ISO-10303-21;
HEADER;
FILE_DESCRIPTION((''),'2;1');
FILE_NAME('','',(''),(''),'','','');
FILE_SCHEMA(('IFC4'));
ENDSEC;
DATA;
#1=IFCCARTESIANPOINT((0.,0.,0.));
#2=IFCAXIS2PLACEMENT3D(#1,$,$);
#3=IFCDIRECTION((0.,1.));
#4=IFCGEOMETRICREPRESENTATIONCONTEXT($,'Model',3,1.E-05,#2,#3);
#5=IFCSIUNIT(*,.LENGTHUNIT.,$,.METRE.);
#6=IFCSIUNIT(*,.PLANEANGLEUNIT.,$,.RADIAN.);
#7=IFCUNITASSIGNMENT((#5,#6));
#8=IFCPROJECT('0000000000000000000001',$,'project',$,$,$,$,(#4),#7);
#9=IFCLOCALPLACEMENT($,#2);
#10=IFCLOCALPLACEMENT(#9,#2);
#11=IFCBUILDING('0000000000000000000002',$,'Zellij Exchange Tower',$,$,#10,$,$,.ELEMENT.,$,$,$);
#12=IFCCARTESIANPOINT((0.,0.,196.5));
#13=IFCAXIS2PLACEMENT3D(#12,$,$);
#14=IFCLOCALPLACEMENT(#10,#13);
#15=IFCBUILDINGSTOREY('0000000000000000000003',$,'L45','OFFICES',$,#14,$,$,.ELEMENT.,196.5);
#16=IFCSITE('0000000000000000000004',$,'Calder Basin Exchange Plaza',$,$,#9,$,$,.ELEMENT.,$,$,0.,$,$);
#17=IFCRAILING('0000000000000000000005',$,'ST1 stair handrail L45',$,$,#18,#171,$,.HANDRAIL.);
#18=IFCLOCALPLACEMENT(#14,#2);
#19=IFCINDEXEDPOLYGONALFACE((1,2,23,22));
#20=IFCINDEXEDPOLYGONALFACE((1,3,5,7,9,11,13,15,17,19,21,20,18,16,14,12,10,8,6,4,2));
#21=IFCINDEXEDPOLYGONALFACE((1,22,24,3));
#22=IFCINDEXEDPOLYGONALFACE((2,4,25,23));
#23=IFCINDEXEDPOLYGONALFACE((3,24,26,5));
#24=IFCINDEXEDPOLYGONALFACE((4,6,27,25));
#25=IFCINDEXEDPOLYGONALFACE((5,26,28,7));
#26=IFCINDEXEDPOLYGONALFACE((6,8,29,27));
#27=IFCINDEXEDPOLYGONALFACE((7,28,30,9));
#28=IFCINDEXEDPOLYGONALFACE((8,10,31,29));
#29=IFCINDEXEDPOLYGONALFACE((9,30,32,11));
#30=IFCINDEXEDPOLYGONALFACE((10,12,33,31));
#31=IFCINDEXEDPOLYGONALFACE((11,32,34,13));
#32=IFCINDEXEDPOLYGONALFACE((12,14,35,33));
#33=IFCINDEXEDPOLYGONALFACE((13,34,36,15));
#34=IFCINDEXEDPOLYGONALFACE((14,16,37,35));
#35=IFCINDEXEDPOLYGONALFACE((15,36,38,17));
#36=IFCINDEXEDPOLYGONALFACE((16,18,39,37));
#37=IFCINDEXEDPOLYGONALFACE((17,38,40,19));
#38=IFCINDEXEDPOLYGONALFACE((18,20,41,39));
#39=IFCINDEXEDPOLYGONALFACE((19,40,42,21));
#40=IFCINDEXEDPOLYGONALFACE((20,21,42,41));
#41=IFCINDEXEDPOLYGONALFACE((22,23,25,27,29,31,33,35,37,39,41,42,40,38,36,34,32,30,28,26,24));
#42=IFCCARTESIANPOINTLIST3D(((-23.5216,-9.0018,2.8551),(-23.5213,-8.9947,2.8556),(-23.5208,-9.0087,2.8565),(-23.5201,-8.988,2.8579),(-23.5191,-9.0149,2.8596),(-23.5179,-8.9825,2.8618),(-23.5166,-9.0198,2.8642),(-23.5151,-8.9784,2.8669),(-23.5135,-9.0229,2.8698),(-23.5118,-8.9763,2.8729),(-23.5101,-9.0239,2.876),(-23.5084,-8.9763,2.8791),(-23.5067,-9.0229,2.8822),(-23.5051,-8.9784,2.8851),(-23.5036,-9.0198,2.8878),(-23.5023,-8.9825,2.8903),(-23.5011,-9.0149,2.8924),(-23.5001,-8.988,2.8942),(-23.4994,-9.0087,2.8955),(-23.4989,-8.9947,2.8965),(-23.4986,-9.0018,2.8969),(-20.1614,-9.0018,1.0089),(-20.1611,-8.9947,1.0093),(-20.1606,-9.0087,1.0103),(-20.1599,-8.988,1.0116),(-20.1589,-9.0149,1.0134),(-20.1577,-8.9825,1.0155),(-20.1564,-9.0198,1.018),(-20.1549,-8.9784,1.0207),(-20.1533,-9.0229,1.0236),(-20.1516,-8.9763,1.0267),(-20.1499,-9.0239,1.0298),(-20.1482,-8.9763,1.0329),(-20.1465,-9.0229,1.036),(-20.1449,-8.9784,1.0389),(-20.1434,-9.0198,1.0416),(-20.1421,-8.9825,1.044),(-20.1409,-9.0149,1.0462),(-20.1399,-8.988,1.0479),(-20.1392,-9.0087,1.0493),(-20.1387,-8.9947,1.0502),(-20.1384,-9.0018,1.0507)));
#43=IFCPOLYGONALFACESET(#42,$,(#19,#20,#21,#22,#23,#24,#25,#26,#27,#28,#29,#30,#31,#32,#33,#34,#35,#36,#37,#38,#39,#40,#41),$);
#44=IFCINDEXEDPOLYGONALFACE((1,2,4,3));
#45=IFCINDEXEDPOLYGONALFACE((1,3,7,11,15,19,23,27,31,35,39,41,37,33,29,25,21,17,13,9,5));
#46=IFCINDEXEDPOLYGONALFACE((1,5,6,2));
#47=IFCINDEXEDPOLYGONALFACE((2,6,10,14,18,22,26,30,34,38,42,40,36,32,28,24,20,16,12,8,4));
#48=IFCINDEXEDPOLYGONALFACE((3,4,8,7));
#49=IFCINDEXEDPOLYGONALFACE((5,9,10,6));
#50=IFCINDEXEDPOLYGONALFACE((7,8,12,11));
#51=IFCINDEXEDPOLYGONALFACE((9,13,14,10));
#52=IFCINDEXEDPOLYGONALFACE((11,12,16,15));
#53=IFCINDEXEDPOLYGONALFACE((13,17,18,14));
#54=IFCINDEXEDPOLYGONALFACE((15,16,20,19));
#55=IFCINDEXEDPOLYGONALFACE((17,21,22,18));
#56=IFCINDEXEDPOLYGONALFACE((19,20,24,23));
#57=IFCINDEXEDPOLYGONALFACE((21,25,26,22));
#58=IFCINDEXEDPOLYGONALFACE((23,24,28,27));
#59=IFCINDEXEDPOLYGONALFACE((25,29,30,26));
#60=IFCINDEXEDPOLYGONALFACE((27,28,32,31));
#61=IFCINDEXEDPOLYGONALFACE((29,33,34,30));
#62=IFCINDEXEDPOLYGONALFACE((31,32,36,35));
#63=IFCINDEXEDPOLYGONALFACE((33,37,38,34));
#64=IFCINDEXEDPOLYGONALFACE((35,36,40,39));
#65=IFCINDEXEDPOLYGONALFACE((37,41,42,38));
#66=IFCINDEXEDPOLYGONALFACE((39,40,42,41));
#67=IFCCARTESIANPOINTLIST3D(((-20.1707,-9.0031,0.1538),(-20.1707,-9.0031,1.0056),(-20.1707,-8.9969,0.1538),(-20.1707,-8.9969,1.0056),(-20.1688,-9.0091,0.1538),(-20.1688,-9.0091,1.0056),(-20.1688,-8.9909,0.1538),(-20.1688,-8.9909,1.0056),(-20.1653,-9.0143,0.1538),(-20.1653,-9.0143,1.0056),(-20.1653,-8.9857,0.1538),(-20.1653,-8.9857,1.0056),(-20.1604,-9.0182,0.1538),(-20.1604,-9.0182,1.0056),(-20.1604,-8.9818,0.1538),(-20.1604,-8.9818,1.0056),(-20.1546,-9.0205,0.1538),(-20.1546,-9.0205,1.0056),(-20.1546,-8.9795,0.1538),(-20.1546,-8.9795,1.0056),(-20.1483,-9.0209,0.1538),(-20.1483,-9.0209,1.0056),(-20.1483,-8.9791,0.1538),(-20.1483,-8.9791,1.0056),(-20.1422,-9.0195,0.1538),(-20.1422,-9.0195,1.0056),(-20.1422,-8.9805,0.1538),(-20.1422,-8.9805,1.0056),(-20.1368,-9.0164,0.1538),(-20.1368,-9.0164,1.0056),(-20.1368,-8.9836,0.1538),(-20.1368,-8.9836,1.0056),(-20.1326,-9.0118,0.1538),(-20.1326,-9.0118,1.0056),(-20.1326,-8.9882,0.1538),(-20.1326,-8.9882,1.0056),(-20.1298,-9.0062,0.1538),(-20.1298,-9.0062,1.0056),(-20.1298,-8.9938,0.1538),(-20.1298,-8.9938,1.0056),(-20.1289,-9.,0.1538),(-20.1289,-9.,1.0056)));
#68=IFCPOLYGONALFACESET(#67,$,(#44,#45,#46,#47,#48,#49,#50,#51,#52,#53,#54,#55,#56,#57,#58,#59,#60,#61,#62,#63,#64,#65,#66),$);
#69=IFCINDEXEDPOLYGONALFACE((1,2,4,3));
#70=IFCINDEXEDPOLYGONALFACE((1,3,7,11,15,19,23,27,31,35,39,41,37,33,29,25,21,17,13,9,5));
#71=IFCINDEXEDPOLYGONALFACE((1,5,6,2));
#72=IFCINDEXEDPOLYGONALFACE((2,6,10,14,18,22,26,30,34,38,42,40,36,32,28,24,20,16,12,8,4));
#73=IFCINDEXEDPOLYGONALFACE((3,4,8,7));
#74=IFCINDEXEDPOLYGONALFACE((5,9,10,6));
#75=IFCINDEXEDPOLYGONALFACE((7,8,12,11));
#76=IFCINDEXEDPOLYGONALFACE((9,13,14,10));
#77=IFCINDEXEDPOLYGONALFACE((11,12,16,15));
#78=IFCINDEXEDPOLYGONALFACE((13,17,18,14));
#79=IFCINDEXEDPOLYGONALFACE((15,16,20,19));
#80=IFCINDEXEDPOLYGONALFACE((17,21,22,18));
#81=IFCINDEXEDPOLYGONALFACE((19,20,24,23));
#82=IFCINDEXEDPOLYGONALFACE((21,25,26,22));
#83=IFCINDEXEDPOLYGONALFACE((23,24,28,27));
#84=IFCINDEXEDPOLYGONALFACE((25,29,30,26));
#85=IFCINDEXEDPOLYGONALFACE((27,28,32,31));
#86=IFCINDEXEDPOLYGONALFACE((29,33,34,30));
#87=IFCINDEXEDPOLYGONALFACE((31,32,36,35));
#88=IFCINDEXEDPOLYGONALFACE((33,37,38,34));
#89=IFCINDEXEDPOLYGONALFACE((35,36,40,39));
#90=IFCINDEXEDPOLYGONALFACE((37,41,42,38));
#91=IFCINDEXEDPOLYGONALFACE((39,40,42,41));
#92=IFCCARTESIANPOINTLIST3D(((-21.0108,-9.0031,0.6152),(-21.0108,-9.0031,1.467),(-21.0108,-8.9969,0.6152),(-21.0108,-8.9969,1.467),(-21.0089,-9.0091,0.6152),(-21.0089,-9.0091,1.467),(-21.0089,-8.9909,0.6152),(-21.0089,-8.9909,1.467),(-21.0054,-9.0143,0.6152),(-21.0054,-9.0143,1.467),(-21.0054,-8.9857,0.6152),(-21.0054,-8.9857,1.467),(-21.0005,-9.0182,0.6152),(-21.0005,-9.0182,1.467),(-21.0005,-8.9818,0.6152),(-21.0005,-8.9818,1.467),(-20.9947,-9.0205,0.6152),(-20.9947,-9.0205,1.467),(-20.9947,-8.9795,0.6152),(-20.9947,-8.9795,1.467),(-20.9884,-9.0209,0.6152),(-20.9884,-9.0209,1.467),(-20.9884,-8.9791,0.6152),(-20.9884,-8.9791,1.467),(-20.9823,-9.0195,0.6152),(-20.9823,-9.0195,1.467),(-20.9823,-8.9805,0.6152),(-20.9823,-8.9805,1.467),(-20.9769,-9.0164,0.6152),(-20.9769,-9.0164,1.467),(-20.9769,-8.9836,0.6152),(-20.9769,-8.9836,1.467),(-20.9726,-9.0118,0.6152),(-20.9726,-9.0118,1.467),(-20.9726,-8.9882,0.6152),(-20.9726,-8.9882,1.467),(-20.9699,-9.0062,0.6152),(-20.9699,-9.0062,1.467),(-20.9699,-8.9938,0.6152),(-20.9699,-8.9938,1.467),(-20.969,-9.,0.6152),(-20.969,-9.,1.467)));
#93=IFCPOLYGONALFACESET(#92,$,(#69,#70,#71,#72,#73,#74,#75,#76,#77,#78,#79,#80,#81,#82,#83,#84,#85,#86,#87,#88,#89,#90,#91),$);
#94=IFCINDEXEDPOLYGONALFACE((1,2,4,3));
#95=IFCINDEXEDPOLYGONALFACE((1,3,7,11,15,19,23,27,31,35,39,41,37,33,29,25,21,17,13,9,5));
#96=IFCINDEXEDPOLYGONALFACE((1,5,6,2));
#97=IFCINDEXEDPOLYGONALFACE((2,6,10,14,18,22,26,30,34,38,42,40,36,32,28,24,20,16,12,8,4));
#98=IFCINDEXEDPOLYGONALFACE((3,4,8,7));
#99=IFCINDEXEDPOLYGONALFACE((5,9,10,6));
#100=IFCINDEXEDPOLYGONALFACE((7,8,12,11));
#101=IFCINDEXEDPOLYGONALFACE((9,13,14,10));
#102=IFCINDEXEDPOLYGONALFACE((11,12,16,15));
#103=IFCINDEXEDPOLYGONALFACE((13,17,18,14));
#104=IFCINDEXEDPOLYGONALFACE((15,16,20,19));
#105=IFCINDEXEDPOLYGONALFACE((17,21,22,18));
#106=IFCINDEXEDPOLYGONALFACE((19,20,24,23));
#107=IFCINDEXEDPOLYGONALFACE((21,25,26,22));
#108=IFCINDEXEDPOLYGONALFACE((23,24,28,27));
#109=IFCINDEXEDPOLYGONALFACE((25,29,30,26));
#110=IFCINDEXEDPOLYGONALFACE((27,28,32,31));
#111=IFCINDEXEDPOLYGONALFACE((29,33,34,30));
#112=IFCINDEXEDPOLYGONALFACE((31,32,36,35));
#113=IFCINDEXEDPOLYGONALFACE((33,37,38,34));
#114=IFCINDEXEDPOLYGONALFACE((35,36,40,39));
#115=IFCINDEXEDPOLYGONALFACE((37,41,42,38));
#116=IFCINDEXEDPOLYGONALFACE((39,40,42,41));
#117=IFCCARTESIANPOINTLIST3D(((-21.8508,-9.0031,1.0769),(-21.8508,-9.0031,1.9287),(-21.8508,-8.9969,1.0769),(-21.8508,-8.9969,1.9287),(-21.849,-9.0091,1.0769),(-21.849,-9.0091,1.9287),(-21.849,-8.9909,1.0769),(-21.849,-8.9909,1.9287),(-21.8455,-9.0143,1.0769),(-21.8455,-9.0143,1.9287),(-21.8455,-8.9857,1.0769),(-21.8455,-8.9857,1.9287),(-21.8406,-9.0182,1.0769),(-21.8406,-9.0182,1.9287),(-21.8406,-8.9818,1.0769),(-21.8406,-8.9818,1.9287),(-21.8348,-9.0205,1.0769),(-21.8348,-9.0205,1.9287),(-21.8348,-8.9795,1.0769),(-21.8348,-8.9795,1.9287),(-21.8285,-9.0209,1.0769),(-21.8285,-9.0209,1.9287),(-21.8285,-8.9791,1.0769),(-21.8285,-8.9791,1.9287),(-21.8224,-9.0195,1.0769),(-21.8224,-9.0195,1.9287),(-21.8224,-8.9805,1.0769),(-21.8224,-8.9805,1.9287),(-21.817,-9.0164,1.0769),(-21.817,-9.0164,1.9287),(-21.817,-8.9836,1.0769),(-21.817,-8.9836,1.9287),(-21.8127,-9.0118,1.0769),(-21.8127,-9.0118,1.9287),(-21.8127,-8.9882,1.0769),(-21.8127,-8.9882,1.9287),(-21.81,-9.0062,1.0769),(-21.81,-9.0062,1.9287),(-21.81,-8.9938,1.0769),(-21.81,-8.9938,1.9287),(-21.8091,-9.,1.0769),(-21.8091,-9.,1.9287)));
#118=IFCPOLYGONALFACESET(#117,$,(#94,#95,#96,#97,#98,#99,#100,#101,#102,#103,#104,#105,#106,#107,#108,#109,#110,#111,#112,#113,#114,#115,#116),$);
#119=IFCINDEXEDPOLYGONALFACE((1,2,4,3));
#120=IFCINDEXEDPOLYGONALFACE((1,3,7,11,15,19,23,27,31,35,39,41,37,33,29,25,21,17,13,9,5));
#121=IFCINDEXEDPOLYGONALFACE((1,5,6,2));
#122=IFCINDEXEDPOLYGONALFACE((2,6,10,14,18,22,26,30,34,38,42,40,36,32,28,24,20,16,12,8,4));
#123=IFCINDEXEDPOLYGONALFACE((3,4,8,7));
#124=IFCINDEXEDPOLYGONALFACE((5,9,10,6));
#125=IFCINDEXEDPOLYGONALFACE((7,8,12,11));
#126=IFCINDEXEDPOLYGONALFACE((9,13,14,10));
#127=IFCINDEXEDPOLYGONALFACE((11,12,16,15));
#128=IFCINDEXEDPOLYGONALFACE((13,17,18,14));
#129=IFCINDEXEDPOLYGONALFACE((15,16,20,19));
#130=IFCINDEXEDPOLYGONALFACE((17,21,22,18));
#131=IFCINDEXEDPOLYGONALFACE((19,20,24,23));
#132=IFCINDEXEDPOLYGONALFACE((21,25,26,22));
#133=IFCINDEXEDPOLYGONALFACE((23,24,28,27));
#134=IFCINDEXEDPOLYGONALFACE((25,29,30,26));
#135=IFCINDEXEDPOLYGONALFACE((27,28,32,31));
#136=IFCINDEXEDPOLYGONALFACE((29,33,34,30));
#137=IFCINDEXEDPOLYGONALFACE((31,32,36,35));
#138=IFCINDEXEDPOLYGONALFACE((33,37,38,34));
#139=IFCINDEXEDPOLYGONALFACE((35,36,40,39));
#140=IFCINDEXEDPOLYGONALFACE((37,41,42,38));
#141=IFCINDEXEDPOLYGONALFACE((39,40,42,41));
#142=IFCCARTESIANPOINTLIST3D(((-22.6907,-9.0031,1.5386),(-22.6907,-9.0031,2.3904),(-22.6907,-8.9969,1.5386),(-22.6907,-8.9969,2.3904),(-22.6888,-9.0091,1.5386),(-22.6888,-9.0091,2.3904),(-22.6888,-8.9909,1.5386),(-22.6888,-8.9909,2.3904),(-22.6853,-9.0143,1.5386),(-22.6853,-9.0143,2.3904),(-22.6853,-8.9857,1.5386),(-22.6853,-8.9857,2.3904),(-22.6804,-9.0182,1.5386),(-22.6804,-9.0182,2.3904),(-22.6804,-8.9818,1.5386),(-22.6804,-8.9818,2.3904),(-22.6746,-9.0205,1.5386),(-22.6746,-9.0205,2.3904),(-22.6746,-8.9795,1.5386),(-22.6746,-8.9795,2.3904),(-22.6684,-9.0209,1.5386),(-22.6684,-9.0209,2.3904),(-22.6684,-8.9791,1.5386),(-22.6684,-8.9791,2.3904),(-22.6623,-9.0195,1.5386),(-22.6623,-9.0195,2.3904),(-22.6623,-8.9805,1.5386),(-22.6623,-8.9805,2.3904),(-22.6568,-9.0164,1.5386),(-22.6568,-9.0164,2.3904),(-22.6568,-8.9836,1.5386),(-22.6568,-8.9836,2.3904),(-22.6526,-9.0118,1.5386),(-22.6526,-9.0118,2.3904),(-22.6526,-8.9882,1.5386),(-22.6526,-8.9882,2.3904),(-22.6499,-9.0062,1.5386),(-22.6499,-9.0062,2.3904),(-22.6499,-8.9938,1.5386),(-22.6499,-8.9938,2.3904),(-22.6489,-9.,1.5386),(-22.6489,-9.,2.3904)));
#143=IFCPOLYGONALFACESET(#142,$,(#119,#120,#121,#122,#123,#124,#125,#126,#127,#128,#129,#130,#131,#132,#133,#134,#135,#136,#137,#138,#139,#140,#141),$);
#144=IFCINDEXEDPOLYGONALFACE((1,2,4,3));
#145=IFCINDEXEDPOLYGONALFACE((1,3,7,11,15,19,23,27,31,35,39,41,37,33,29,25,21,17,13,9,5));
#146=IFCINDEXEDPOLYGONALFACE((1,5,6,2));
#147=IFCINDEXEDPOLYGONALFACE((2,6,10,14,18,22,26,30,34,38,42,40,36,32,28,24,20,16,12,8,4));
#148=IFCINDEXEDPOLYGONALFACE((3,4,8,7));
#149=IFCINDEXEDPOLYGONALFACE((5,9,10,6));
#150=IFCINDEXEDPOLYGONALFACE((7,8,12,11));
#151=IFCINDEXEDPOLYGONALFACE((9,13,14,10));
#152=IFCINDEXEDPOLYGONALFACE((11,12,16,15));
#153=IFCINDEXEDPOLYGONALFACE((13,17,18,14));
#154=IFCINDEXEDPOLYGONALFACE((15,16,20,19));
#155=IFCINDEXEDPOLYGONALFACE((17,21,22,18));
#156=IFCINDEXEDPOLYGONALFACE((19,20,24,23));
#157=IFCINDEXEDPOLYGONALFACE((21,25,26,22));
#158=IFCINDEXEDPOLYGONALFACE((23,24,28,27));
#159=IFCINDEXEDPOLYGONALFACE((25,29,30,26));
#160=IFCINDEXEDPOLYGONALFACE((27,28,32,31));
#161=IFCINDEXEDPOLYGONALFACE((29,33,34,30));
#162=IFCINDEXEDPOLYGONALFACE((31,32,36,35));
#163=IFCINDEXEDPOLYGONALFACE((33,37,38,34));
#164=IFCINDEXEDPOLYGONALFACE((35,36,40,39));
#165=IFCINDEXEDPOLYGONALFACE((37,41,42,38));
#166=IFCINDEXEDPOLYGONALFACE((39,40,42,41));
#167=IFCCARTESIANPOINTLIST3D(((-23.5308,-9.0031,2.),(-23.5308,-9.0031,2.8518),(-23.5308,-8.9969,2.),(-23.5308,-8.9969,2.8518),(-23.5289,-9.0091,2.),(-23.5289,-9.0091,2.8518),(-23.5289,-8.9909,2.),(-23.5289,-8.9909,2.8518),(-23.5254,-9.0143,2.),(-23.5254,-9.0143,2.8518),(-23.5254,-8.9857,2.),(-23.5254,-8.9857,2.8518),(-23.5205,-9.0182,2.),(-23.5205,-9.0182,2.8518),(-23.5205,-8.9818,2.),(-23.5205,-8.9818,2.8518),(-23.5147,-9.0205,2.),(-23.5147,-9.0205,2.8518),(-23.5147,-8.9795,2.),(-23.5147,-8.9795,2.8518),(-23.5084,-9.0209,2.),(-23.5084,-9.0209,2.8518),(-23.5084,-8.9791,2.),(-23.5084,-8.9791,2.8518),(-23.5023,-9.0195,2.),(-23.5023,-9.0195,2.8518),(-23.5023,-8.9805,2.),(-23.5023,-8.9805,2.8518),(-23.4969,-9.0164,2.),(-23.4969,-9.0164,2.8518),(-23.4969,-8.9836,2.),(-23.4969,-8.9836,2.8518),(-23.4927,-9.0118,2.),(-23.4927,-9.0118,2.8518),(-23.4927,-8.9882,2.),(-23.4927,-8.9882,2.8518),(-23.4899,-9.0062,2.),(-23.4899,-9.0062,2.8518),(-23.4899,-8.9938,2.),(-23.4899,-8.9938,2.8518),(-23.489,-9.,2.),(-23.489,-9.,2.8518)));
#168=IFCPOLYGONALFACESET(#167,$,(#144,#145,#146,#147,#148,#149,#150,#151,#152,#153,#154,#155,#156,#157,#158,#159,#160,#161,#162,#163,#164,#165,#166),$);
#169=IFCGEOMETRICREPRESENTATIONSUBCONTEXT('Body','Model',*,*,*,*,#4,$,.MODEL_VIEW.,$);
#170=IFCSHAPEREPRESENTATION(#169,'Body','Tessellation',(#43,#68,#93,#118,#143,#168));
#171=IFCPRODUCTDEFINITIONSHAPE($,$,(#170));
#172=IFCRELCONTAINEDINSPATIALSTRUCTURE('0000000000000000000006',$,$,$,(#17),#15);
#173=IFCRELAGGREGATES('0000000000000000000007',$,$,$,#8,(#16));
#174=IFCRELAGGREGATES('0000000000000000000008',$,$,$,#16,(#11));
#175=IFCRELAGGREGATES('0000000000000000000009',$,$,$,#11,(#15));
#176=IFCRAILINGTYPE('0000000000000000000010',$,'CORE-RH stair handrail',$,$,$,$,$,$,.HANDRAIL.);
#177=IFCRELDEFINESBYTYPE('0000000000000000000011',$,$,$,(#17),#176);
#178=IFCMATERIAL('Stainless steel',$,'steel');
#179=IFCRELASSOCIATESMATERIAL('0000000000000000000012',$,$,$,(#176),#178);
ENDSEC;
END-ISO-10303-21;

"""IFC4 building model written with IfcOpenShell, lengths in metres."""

from ifc_helpers import new_model, si_unit, direction, frame, origin, origin_2d, place, context, subcontext, project, spatial, circle, extrude, material, type_object, element, save


model = new_model("IFC4")

# Units and contexts
model_context = context("Model", 3, precision=1e-05, world=origin(), true_north=direction((0.0, 1.0)))
body_context = subcontext(model_context, "Body", "Model", "MODEL_VIEW")
ifc_project = project(units=[si_unit("LENGTHUNIT", "METRE"), si_unit("PLANEANGLEUNIT", "RADIAN")], contexts=[model_context])

# Site, building, storey
site_placement = place(None, origin())
site = spatial("IfcSite", under=ifc_project, at=site_placement, Name="Calder Basin Exchange Plaza", CompositionType="ELEMENT", RefElevation=0.0)
building_placement = place(site_placement, origin())
building = spatial("IfcBuilding", under=site, at=building_placement, Name="Zellij Exchange Tower", CompositionType="ELEMENT")
storey_placement = place(building_placement, frame((0.0, 0.0, 196.5)))
storey = spatial("IfcBuildingStorey", under=building, at=storey_placement, Name="L45", Description="OFFICES", CompositionType="ELEMENT", Elevation=196.5)

# Railing
ifc_material_1 = material(Name="Stainless steel", Category="steel")
railing_type = type_object("IfcRailingType", Name="CORE-RH stair handrail", PredefinedType="HANDRAIL", material=ifc_material_1)
railing_placement = place(storey_placement, frame((-20.1499, -9.0, 0.1538)))
element("IfcRailing", 1, at=railing_placement, inside=storey, type_object=railing_type, Name="ST1 stair handrail L45", PredefinedType="HANDRAIL", context=body_context, shape_type="SweptSolid", body=[
    extrude(circle(Radius=0.0239, at=origin_2d()), frame((0.0, 0.0, 0.876), z_axis=(-0.876422, 0.0, 0.481545), x_axis=(0.0, -1.0, 0.0)), (0.0, 0.0, 1.0), 3.834),
    extrude(circle(Radius=0.021, at=origin_2d()), origin(), (0.0, 0.0, 1.0), 0.8518),
    extrude(circle(Radius=0.021, at=origin_2d()), frame((-0.8401, 0.0, 0.4614)), (0.0, 0.0, 1.0), 0.8518),
    extrude(circle(Radius=0.021, at=origin_2d()), frame((-1.6802, 0.0, 0.9231)), (0.0, 0.0, 1.0), 0.8518),
    extrude(circle(Radius=0.021, at=origin_2d()), frame((-2.52, 0.0, 1.3848)), (0.0, 0.0, 1.0), 0.8518),
    extrude(circle(Radius=0.021, at=origin_2d()), frame((-3.3601, 0.0, 1.8462)), (0.0, 0.0, 1.0), 0.8518),
])

save(model, "model.ifc")
